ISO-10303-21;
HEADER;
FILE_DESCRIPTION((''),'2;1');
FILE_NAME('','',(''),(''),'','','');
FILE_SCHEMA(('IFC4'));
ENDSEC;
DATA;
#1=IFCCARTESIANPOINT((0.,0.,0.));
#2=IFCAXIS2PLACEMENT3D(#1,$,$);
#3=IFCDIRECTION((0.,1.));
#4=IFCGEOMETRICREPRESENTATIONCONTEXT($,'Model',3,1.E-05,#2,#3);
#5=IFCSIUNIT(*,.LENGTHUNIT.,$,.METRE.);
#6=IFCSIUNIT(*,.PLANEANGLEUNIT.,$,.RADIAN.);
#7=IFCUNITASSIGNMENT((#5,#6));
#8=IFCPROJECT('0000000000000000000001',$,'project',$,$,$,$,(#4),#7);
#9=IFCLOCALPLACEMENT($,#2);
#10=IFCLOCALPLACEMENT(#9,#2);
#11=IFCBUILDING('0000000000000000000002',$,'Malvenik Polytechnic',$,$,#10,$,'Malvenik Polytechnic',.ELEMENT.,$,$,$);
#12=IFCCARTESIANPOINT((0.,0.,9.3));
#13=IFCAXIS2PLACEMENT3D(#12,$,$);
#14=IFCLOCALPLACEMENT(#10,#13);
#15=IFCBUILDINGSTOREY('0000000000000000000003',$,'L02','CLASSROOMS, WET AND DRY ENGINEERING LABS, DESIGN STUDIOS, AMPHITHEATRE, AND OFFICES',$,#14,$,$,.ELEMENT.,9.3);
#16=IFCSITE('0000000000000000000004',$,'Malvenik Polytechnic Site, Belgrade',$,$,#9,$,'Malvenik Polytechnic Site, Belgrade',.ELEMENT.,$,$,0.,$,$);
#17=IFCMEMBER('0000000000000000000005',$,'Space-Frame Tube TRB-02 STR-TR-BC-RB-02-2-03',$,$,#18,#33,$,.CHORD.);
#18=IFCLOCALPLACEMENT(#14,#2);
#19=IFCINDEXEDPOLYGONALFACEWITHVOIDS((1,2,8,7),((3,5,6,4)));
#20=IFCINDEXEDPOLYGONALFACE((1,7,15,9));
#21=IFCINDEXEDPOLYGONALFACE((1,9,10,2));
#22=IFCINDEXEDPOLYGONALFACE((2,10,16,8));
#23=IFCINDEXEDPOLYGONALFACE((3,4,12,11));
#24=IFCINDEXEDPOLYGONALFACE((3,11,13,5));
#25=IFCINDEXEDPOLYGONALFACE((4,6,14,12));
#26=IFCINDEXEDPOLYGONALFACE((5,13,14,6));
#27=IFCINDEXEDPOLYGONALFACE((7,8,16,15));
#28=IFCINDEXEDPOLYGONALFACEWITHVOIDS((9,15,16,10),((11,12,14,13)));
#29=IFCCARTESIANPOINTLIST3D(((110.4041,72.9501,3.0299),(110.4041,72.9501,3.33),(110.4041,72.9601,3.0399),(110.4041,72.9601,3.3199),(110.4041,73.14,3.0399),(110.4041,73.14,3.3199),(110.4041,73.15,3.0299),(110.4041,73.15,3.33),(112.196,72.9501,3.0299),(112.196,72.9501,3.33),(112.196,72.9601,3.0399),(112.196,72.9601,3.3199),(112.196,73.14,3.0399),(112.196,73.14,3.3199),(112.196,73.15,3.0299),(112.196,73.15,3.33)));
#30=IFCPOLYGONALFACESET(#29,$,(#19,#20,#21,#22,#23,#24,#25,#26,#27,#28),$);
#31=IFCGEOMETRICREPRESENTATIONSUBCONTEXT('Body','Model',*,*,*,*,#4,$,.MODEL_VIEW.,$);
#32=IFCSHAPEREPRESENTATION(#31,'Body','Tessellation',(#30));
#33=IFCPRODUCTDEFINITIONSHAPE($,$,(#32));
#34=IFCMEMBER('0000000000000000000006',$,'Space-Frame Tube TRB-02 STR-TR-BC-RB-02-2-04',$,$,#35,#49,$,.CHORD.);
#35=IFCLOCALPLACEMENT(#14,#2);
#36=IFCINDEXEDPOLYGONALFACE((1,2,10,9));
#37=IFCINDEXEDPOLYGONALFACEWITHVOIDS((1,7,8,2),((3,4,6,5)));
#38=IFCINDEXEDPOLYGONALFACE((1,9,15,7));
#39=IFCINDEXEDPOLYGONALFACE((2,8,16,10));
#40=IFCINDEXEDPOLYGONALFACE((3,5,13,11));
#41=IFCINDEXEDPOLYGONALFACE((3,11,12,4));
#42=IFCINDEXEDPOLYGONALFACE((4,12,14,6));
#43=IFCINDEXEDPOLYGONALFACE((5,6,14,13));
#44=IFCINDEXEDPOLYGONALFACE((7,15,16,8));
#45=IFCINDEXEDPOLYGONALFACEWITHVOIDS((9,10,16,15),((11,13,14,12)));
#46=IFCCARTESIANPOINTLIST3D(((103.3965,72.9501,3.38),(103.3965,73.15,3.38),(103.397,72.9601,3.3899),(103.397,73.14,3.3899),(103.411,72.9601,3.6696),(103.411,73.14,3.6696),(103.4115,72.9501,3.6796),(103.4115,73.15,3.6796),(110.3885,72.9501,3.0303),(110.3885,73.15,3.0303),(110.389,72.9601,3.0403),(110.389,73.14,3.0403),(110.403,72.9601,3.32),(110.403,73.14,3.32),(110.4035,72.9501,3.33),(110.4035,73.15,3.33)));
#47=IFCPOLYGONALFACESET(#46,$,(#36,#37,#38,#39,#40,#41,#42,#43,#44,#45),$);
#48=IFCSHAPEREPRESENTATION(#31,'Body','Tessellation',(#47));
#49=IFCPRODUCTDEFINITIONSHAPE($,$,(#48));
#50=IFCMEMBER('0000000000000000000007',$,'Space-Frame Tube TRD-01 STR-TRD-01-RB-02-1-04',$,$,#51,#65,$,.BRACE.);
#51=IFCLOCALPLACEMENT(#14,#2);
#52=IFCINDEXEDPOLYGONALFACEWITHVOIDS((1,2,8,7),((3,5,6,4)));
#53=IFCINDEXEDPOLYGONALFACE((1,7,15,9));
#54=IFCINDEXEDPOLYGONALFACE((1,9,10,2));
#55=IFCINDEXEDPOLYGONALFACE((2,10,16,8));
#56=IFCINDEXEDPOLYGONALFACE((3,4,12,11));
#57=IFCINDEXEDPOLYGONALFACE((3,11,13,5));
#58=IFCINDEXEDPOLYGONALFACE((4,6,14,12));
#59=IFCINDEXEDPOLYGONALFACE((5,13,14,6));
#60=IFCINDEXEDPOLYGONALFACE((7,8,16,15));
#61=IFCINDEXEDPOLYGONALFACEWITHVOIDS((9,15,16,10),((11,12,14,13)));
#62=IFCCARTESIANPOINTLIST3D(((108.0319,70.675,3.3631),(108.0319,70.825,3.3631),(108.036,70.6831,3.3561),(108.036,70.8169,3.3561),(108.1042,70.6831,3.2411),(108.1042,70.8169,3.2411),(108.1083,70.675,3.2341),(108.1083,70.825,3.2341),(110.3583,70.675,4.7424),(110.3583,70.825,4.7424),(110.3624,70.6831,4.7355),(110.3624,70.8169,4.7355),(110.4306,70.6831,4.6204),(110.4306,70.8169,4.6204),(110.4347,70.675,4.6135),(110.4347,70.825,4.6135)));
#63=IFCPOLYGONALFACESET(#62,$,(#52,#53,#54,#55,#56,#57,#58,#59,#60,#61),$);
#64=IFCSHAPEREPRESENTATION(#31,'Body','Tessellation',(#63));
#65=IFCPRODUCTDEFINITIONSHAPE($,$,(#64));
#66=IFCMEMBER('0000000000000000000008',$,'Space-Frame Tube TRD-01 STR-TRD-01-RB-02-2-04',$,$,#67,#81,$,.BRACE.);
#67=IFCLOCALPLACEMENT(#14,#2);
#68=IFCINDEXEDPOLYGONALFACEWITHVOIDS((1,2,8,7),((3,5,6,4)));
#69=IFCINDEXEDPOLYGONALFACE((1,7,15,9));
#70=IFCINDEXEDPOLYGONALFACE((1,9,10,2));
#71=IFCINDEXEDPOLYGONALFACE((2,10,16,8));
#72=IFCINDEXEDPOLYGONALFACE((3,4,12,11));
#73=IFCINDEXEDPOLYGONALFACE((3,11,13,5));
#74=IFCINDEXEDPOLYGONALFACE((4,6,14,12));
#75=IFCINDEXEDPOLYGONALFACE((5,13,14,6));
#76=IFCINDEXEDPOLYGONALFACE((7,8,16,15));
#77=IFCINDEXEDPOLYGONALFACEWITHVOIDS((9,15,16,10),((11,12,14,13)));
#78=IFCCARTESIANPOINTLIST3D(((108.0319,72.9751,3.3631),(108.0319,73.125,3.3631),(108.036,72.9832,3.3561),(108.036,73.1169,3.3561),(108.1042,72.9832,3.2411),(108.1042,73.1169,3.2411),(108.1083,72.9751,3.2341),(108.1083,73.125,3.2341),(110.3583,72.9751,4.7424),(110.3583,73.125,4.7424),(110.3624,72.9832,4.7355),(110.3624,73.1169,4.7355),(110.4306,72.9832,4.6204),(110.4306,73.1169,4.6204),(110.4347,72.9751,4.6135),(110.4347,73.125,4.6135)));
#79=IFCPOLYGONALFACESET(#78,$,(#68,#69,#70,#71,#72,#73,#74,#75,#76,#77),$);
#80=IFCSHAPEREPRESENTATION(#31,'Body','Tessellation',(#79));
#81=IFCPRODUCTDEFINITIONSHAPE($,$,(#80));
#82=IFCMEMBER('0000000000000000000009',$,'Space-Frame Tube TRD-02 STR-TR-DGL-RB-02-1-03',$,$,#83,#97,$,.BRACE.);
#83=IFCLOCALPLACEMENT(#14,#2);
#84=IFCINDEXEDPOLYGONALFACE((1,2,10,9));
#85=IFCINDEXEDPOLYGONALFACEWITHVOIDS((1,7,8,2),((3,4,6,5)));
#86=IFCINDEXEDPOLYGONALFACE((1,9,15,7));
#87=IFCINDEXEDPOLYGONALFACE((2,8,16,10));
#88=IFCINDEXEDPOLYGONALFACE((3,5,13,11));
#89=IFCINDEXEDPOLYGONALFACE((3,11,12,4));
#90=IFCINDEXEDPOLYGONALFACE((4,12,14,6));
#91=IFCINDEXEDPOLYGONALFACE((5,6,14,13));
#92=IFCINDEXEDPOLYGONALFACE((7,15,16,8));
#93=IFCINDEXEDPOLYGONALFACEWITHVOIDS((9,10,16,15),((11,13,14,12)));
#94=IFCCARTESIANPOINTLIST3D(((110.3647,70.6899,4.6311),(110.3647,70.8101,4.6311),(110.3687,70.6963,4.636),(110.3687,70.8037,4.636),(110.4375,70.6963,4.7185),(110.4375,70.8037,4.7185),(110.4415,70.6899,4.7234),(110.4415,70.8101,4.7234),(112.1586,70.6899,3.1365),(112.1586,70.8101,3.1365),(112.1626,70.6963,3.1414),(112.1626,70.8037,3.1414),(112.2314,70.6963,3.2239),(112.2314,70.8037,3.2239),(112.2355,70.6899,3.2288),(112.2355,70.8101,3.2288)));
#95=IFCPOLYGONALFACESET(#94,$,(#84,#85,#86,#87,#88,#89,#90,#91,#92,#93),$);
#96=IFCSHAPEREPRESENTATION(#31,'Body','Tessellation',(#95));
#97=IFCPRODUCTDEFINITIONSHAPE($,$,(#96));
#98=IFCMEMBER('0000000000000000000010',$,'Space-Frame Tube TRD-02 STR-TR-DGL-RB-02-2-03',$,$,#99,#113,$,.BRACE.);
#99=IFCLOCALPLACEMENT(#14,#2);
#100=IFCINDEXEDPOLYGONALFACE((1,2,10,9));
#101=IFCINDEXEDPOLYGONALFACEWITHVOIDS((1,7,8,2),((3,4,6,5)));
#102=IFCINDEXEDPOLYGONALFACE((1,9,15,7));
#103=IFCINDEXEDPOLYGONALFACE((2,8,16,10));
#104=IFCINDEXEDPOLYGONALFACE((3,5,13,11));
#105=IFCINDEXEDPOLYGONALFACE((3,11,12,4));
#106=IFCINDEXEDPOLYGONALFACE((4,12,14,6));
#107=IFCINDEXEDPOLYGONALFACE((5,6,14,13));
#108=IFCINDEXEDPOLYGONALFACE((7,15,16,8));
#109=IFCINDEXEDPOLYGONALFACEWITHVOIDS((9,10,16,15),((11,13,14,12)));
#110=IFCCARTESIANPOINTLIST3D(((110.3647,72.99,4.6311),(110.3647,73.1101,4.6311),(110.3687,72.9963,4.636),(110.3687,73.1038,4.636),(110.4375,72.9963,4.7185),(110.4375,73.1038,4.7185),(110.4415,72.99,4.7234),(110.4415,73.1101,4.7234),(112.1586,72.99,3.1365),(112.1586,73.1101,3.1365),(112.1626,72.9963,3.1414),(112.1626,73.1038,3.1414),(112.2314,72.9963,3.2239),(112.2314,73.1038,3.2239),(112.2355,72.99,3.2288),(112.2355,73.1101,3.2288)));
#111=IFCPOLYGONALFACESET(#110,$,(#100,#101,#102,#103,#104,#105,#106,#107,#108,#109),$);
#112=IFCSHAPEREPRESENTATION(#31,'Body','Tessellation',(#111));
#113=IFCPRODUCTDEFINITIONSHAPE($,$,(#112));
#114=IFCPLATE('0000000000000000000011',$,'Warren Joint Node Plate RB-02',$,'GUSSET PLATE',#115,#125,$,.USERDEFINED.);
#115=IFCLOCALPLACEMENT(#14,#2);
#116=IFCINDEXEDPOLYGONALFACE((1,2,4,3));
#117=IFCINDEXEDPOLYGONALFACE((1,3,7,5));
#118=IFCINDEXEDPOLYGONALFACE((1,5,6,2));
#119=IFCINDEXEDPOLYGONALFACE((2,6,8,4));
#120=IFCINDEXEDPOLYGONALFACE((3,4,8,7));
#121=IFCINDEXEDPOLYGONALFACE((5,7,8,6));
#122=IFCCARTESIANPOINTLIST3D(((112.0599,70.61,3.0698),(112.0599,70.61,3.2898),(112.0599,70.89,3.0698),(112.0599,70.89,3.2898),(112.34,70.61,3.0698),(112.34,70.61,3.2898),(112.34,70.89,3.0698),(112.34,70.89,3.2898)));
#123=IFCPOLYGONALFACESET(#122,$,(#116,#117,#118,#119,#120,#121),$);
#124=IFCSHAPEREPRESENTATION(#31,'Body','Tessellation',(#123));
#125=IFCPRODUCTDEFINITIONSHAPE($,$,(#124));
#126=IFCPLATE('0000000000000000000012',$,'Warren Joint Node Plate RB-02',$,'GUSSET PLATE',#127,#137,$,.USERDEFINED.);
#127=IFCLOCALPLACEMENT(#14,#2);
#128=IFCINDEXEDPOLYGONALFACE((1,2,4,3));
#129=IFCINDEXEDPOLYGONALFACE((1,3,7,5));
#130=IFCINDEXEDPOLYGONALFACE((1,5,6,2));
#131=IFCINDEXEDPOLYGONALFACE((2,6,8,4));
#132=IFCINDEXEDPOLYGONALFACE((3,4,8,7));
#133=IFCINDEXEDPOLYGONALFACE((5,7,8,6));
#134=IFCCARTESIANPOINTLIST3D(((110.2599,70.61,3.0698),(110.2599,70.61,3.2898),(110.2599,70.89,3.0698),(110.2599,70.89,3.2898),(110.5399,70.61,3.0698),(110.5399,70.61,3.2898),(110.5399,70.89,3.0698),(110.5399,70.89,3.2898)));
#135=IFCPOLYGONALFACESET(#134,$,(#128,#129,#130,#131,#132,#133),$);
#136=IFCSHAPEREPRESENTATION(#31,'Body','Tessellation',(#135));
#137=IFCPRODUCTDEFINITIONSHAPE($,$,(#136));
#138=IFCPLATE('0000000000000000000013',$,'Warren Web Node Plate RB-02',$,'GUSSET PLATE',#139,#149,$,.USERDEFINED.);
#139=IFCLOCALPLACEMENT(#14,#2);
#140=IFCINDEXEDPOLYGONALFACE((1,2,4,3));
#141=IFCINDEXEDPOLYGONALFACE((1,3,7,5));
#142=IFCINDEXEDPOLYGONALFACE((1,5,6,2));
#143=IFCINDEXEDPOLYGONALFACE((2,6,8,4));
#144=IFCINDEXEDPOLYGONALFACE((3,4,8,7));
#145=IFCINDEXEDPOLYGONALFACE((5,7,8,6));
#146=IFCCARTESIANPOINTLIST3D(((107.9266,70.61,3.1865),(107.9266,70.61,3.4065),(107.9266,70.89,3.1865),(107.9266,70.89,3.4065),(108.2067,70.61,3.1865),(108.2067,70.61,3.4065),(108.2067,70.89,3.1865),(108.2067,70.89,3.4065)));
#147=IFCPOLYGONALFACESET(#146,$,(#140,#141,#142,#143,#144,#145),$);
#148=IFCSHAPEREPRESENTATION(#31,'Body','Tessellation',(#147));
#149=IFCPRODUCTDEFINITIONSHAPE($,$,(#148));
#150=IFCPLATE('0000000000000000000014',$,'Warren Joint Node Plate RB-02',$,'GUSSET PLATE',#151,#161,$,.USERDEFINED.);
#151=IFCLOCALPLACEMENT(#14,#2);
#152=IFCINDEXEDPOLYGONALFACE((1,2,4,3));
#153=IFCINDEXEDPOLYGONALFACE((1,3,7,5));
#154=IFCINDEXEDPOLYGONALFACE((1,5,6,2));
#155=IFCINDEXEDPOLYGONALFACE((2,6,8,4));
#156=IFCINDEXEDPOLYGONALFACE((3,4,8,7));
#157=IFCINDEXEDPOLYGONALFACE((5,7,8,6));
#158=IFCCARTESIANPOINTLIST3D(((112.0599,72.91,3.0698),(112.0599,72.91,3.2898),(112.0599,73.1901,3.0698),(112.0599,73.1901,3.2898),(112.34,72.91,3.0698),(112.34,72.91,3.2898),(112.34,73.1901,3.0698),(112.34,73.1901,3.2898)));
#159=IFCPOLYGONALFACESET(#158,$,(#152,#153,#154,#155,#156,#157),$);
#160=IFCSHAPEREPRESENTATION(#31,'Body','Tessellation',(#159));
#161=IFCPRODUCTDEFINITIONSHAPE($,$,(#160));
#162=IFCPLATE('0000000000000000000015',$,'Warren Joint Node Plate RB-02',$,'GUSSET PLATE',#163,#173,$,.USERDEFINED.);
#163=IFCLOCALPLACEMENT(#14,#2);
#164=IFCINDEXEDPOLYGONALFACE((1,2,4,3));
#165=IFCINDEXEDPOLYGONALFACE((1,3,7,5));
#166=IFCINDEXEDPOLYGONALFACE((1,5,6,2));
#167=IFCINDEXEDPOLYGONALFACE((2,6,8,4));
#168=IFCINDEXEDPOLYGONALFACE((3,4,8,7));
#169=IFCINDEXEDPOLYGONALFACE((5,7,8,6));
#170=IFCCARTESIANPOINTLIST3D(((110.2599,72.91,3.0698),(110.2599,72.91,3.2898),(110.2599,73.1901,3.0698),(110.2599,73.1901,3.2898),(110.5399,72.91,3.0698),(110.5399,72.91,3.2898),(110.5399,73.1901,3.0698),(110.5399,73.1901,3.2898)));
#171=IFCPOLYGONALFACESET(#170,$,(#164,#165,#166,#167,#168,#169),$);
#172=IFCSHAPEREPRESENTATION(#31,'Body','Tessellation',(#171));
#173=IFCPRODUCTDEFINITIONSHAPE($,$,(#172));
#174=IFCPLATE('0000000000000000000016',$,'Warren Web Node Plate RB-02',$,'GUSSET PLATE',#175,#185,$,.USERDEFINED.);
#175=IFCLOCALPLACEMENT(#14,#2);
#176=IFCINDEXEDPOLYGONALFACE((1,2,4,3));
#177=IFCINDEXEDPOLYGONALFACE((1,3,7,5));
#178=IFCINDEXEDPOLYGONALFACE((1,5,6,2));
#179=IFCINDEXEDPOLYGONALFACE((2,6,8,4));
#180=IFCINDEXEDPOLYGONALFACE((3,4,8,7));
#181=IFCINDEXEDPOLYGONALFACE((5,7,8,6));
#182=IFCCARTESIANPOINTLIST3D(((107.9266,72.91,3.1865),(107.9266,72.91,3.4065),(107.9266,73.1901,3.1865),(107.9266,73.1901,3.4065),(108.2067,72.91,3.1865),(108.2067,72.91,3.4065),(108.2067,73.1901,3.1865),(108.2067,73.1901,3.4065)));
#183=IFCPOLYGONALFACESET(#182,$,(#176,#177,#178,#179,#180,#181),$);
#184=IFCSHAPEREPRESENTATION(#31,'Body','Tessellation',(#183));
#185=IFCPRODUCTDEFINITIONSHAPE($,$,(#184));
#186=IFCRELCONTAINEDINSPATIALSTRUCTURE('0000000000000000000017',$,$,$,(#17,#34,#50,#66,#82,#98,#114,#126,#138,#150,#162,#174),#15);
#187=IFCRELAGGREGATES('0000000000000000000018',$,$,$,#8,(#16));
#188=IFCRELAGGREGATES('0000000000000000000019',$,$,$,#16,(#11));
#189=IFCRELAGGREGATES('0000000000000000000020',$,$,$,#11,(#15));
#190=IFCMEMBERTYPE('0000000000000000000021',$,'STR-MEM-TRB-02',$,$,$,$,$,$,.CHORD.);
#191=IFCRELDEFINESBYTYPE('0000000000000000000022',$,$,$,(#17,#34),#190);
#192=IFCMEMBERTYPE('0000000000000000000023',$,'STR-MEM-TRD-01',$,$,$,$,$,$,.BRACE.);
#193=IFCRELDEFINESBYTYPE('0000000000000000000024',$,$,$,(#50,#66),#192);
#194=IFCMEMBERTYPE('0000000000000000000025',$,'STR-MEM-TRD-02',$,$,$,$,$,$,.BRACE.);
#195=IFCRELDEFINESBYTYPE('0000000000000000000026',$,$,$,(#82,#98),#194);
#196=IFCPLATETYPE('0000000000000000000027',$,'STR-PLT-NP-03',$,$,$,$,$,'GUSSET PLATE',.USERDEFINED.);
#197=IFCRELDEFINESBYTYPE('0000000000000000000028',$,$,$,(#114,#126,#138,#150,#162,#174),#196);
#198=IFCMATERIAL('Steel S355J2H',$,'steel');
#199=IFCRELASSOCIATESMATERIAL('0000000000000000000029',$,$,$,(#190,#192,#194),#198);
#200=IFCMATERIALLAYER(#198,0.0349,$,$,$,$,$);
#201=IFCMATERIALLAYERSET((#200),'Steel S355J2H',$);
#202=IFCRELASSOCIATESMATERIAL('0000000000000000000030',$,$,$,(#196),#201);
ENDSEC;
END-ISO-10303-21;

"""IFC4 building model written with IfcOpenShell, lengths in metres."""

from ifc_helpers import new_model, si_unit, direction, frame, origin, origin_2d, place, context, subcontext, project, spatial, rectangle, hollow_rectangle, extrude, material, layer, layer_set, material_profile, profile_set, type_object, element, save


model = new_model("IFC4")

# Units and contexts
model_context = context("Model", 3, precision=1e-05, world=origin(), true_north=direction((0.0, 1.0)))
body_context = subcontext(model_context, "Body", "Model", "MODEL_VIEW")
ifc_project = project(units=[si_unit("LENGTHUNIT", "METRE"), si_unit("PLANEANGLEUNIT", "RADIAN")], contexts=[model_context])

# Site, building, storey
site_placement = place(None, origin())
site = spatial("IfcSite", under=ifc_project, at=site_placement, Name="Malvenik Polytechnic Site, Belgrade", LongName="Malvenik Polytechnic Site, Belgrade", CompositionType="ELEMENT", RefElevation=0.0)
building_placement = place(site_placement, origin())
building = spatial("IfcBuilding", under=site, at=building_placement, Name="Malvenik Polytechnic", LongName="Malvenik Polytechnic", CompositionType="ELEMENT")
storey_placement = place(building_placement, frame((0.0, 0.0, 9.3)))
storey = spatial("IfcBuildingStorey", under=building, at=storey_placement, Name="L02", Description="CLASSROOMS, WET AND DRY ENGINEERING LABS, DESIGN STUDIOS, AMPHITHEATRE, AND OFFICES", CompositionType="ELEMENT", Elevation=9.3)

# Shared definitions
ifc_material_1 = material(Name="Steel S355J2H", Category="steel")

# Members
ifc_material_profile_1 = material_profile(ifc_material_1, hollow_rectangle(XDim=0.2, YDim=0.3, WallThickness=0.01, at=origin_2d()), Name="RHS 300x200x10.0")
ifc_profile_set_1 = profile_set([ifc_material_profile_1], Name="Steel S355J2H")
member_type_1 = type_object("IfcMemberType", Name="STR-MEM-TRB-02", PredefinedType="CHORD", material=ifc_profile_set_1)
member_1_placement = place(storey_placement, frame((112.196, 73.05, 3.1799), z_axis=(-1.0, 0.0, 0.0), x_axis=(0.0, -1.0, 0.0)))
element("IfcMember", 1, at=member_1_placement, inside=storey, type_object=member_type_1, Name="Space-Frame Tube TRB-02 STR-TR-BC-RB-02-2-03", PredefinedType="CHORD", context=body_context, shape_type="SweptSolid", body=[
    extrude(hollow_rectangle(XDim=0.2, YDim=0.3, WallThickness=0.01, at=origin_2d()), origin(), (0.0, 0.0, 1.0), 1.792),
])
member_2_placement = place(storey_placement, frame((110.396, 73.05, 3.1802), z_axis=(-0.998752, 0.0, 0.049939), x_axis=(0.0, -1.0, 0.0)))
element("IfcMember", 2, at=member_2_placement, inside=storey, type_object=member_type_1, Name="Space-Frame Tube TRB-02 STR-TR-BC-RB-02-2-04", PredefinedType="CHORD", context=body_context, shape_type="SweptSolid", body=[
    extrude(hollow_rectangle(XDim=0.2, YDim=0.3, WallThickness=0.01, at=origin_2d()), origin(), (0.0, 0.0, 1.0), 7.0007),
])
ifc_material_profile_2 = material_profile(ifc_material_1, hollow_rectangle(XDim=0.1499, YDim=0.1499, WallThickness=0.0081, at=origin_2d()), Name="SHS 150x150x8.0")
ifc_profile_set_2 = profile_set([ifc_material_profile_2], Name="Steel S355J2H")
member_type_2 = type_object("IfcMemberType", Name="STR-MEM-TRD-01", PredefinedType="BRACE", material=ifc_profile_set_2)
for number, where, z_axis, x_axis, name in (
    (3, (110.3965, 70.75, 4.678), (-0.860165, 0.0, -0.510015), (0.0, -1.0, 0.0), "Space-Frame Tube TRD-01 STR-TRD-01-RB-02-1-04"),
    (4, (110.3965, 73.05, 4.678), (-0.860165, 0.0, -0.510015), (0.0, -1.0, 0.0), "Space-Frame Tube TRD-01 STR-TRD-01-RB-02-2-04"),
):
    element("IfcMember", number, at=place(storey_placement, frame(where, z_axis=z_axis, x_axis=x_axis)), inside=storey, type_object=member_type_2, Name=name, PredefinedType="BRACE", context=body_context, shape_type="SweptSolid", body=[
        extrude(hollow_rectangle(XDim=0.1499, YDim=0.1499, WallThickness=0.0081, at=origin_2d()), origin(), (0.0, 0.0, 1.0), 2.7046),
    ])
ifc_material_profile_3 = material_profile(ifc_material_1, hollow_rectangle(XDim=0.1201, YDim=0.1201, WallThickness=0.0063, at=origin_2d()), Name="SHS 120x120x6.3")
ifc_profile_set_3 = profile_set([ifc_material_profile_3], Name="Steel S355J2H")
member_type_3 = type_object("IfcMemberType", Name="STR-MEM-TRD-02", PredefinedType="BRACE", material=ifc_profile_set_3)
for number, where, z_axis, x_axis, name in (
    (5, (112.197, 70.75, 3.1826), (-0.76829, 0.0, 0.640102), (0.0, -1.0, 0.0), "Space-Frame Tube TRD-02 STR-TR-DGL-RB-02-1-03"),
    (6, (112.197, 73.05, 3.1826), (-0.76829, 0.0, 0.640102), (0.0, -1.0, 0.0), "Space-Frame Tube TRD-02 STR-TR-DGL-RB-02-2-03"),
):
    element("IfcMember", number, at=place(storey_placement, frame(where, z_axis=z_axis, x_axis=x_axis)), inside=storey, type_object=member_type_3, Name=name, PredefinedType="BRACE", context=body_context, shape_type="SweptSolid", body=[
        extrude(hollow_rectangle(XDim=0.1201, YDim=0.1201, WallThickness=0.0063, at=origin_2d()), origin(), (0.0, 0.0, 1.0), 2.335),
    ])

# Plates
ifc_layer = layer(ifc_material_1, 0.0349)
ifc_layer_set = layer_set([ifc_layer], Name="Steel S355J2H")
plate_type = type_object("IfcPlateType", Name="STR-PLT-NP-03", ElementType="GUSSET PLATE", PredefinedType="USERDEFINED", material=ifc_layer_set)
for number, where, z_axis, x_axis, name in (
    (7, (112.2, 70.75, 3.0698), (0.0, 0.0, 1.0), (1.0, 0.0, 0.0), "Warren Joint Node Plate RB-02"),
    (8, (110.3999, 70.75, 3.0698), (0.0, 0.0, 1.0), (1.0, 0.0, 0.0), "Warren Joint Node Plate RB-02"),
    (9, (108.0667, 70.75, 3.1865), (0.0, 0.0, 1.0), (1.0, 0.0, 0.0), "Warren Web Node Plate RB-02"),
    (10, (112.2, 73.05, 3.0698), (0.0, 0.0, 1.0), (1.0, 0.0, 0.0), "Warren Joint Node Plate RB-02"),
    (11, (110.3999, 73.05, 3.0698), (0.0, 0.0, 1.0), (1.0, 0.0, 0.0), "Warren Joint Node Plate RB-02"),
    (12, (108.0667, 73.05, 3.1865), (0.0, 0.0, 1.0), (1.0, 0.0, 0.0), "Warren Web Node Plate RB-02"),
):
    element("IfcPlate", number, at=place(storey_placement, frame(where, z_axis=z_axis, x_axis=x_axis)), inside=storey, type_object=plate_type, Name=name, ObjectType="GUSSET PLATE", PredefinedType="USERDEFINED", context=body_context, shape_type="SweptSolid", body=[
        extrude(rectangle(XDim=0.28, YDim=0.28, at=origin_2d()), origin(), (0.0, 0.0, 1.0), 0.22),
    ])

save(model, "model.ifc")
